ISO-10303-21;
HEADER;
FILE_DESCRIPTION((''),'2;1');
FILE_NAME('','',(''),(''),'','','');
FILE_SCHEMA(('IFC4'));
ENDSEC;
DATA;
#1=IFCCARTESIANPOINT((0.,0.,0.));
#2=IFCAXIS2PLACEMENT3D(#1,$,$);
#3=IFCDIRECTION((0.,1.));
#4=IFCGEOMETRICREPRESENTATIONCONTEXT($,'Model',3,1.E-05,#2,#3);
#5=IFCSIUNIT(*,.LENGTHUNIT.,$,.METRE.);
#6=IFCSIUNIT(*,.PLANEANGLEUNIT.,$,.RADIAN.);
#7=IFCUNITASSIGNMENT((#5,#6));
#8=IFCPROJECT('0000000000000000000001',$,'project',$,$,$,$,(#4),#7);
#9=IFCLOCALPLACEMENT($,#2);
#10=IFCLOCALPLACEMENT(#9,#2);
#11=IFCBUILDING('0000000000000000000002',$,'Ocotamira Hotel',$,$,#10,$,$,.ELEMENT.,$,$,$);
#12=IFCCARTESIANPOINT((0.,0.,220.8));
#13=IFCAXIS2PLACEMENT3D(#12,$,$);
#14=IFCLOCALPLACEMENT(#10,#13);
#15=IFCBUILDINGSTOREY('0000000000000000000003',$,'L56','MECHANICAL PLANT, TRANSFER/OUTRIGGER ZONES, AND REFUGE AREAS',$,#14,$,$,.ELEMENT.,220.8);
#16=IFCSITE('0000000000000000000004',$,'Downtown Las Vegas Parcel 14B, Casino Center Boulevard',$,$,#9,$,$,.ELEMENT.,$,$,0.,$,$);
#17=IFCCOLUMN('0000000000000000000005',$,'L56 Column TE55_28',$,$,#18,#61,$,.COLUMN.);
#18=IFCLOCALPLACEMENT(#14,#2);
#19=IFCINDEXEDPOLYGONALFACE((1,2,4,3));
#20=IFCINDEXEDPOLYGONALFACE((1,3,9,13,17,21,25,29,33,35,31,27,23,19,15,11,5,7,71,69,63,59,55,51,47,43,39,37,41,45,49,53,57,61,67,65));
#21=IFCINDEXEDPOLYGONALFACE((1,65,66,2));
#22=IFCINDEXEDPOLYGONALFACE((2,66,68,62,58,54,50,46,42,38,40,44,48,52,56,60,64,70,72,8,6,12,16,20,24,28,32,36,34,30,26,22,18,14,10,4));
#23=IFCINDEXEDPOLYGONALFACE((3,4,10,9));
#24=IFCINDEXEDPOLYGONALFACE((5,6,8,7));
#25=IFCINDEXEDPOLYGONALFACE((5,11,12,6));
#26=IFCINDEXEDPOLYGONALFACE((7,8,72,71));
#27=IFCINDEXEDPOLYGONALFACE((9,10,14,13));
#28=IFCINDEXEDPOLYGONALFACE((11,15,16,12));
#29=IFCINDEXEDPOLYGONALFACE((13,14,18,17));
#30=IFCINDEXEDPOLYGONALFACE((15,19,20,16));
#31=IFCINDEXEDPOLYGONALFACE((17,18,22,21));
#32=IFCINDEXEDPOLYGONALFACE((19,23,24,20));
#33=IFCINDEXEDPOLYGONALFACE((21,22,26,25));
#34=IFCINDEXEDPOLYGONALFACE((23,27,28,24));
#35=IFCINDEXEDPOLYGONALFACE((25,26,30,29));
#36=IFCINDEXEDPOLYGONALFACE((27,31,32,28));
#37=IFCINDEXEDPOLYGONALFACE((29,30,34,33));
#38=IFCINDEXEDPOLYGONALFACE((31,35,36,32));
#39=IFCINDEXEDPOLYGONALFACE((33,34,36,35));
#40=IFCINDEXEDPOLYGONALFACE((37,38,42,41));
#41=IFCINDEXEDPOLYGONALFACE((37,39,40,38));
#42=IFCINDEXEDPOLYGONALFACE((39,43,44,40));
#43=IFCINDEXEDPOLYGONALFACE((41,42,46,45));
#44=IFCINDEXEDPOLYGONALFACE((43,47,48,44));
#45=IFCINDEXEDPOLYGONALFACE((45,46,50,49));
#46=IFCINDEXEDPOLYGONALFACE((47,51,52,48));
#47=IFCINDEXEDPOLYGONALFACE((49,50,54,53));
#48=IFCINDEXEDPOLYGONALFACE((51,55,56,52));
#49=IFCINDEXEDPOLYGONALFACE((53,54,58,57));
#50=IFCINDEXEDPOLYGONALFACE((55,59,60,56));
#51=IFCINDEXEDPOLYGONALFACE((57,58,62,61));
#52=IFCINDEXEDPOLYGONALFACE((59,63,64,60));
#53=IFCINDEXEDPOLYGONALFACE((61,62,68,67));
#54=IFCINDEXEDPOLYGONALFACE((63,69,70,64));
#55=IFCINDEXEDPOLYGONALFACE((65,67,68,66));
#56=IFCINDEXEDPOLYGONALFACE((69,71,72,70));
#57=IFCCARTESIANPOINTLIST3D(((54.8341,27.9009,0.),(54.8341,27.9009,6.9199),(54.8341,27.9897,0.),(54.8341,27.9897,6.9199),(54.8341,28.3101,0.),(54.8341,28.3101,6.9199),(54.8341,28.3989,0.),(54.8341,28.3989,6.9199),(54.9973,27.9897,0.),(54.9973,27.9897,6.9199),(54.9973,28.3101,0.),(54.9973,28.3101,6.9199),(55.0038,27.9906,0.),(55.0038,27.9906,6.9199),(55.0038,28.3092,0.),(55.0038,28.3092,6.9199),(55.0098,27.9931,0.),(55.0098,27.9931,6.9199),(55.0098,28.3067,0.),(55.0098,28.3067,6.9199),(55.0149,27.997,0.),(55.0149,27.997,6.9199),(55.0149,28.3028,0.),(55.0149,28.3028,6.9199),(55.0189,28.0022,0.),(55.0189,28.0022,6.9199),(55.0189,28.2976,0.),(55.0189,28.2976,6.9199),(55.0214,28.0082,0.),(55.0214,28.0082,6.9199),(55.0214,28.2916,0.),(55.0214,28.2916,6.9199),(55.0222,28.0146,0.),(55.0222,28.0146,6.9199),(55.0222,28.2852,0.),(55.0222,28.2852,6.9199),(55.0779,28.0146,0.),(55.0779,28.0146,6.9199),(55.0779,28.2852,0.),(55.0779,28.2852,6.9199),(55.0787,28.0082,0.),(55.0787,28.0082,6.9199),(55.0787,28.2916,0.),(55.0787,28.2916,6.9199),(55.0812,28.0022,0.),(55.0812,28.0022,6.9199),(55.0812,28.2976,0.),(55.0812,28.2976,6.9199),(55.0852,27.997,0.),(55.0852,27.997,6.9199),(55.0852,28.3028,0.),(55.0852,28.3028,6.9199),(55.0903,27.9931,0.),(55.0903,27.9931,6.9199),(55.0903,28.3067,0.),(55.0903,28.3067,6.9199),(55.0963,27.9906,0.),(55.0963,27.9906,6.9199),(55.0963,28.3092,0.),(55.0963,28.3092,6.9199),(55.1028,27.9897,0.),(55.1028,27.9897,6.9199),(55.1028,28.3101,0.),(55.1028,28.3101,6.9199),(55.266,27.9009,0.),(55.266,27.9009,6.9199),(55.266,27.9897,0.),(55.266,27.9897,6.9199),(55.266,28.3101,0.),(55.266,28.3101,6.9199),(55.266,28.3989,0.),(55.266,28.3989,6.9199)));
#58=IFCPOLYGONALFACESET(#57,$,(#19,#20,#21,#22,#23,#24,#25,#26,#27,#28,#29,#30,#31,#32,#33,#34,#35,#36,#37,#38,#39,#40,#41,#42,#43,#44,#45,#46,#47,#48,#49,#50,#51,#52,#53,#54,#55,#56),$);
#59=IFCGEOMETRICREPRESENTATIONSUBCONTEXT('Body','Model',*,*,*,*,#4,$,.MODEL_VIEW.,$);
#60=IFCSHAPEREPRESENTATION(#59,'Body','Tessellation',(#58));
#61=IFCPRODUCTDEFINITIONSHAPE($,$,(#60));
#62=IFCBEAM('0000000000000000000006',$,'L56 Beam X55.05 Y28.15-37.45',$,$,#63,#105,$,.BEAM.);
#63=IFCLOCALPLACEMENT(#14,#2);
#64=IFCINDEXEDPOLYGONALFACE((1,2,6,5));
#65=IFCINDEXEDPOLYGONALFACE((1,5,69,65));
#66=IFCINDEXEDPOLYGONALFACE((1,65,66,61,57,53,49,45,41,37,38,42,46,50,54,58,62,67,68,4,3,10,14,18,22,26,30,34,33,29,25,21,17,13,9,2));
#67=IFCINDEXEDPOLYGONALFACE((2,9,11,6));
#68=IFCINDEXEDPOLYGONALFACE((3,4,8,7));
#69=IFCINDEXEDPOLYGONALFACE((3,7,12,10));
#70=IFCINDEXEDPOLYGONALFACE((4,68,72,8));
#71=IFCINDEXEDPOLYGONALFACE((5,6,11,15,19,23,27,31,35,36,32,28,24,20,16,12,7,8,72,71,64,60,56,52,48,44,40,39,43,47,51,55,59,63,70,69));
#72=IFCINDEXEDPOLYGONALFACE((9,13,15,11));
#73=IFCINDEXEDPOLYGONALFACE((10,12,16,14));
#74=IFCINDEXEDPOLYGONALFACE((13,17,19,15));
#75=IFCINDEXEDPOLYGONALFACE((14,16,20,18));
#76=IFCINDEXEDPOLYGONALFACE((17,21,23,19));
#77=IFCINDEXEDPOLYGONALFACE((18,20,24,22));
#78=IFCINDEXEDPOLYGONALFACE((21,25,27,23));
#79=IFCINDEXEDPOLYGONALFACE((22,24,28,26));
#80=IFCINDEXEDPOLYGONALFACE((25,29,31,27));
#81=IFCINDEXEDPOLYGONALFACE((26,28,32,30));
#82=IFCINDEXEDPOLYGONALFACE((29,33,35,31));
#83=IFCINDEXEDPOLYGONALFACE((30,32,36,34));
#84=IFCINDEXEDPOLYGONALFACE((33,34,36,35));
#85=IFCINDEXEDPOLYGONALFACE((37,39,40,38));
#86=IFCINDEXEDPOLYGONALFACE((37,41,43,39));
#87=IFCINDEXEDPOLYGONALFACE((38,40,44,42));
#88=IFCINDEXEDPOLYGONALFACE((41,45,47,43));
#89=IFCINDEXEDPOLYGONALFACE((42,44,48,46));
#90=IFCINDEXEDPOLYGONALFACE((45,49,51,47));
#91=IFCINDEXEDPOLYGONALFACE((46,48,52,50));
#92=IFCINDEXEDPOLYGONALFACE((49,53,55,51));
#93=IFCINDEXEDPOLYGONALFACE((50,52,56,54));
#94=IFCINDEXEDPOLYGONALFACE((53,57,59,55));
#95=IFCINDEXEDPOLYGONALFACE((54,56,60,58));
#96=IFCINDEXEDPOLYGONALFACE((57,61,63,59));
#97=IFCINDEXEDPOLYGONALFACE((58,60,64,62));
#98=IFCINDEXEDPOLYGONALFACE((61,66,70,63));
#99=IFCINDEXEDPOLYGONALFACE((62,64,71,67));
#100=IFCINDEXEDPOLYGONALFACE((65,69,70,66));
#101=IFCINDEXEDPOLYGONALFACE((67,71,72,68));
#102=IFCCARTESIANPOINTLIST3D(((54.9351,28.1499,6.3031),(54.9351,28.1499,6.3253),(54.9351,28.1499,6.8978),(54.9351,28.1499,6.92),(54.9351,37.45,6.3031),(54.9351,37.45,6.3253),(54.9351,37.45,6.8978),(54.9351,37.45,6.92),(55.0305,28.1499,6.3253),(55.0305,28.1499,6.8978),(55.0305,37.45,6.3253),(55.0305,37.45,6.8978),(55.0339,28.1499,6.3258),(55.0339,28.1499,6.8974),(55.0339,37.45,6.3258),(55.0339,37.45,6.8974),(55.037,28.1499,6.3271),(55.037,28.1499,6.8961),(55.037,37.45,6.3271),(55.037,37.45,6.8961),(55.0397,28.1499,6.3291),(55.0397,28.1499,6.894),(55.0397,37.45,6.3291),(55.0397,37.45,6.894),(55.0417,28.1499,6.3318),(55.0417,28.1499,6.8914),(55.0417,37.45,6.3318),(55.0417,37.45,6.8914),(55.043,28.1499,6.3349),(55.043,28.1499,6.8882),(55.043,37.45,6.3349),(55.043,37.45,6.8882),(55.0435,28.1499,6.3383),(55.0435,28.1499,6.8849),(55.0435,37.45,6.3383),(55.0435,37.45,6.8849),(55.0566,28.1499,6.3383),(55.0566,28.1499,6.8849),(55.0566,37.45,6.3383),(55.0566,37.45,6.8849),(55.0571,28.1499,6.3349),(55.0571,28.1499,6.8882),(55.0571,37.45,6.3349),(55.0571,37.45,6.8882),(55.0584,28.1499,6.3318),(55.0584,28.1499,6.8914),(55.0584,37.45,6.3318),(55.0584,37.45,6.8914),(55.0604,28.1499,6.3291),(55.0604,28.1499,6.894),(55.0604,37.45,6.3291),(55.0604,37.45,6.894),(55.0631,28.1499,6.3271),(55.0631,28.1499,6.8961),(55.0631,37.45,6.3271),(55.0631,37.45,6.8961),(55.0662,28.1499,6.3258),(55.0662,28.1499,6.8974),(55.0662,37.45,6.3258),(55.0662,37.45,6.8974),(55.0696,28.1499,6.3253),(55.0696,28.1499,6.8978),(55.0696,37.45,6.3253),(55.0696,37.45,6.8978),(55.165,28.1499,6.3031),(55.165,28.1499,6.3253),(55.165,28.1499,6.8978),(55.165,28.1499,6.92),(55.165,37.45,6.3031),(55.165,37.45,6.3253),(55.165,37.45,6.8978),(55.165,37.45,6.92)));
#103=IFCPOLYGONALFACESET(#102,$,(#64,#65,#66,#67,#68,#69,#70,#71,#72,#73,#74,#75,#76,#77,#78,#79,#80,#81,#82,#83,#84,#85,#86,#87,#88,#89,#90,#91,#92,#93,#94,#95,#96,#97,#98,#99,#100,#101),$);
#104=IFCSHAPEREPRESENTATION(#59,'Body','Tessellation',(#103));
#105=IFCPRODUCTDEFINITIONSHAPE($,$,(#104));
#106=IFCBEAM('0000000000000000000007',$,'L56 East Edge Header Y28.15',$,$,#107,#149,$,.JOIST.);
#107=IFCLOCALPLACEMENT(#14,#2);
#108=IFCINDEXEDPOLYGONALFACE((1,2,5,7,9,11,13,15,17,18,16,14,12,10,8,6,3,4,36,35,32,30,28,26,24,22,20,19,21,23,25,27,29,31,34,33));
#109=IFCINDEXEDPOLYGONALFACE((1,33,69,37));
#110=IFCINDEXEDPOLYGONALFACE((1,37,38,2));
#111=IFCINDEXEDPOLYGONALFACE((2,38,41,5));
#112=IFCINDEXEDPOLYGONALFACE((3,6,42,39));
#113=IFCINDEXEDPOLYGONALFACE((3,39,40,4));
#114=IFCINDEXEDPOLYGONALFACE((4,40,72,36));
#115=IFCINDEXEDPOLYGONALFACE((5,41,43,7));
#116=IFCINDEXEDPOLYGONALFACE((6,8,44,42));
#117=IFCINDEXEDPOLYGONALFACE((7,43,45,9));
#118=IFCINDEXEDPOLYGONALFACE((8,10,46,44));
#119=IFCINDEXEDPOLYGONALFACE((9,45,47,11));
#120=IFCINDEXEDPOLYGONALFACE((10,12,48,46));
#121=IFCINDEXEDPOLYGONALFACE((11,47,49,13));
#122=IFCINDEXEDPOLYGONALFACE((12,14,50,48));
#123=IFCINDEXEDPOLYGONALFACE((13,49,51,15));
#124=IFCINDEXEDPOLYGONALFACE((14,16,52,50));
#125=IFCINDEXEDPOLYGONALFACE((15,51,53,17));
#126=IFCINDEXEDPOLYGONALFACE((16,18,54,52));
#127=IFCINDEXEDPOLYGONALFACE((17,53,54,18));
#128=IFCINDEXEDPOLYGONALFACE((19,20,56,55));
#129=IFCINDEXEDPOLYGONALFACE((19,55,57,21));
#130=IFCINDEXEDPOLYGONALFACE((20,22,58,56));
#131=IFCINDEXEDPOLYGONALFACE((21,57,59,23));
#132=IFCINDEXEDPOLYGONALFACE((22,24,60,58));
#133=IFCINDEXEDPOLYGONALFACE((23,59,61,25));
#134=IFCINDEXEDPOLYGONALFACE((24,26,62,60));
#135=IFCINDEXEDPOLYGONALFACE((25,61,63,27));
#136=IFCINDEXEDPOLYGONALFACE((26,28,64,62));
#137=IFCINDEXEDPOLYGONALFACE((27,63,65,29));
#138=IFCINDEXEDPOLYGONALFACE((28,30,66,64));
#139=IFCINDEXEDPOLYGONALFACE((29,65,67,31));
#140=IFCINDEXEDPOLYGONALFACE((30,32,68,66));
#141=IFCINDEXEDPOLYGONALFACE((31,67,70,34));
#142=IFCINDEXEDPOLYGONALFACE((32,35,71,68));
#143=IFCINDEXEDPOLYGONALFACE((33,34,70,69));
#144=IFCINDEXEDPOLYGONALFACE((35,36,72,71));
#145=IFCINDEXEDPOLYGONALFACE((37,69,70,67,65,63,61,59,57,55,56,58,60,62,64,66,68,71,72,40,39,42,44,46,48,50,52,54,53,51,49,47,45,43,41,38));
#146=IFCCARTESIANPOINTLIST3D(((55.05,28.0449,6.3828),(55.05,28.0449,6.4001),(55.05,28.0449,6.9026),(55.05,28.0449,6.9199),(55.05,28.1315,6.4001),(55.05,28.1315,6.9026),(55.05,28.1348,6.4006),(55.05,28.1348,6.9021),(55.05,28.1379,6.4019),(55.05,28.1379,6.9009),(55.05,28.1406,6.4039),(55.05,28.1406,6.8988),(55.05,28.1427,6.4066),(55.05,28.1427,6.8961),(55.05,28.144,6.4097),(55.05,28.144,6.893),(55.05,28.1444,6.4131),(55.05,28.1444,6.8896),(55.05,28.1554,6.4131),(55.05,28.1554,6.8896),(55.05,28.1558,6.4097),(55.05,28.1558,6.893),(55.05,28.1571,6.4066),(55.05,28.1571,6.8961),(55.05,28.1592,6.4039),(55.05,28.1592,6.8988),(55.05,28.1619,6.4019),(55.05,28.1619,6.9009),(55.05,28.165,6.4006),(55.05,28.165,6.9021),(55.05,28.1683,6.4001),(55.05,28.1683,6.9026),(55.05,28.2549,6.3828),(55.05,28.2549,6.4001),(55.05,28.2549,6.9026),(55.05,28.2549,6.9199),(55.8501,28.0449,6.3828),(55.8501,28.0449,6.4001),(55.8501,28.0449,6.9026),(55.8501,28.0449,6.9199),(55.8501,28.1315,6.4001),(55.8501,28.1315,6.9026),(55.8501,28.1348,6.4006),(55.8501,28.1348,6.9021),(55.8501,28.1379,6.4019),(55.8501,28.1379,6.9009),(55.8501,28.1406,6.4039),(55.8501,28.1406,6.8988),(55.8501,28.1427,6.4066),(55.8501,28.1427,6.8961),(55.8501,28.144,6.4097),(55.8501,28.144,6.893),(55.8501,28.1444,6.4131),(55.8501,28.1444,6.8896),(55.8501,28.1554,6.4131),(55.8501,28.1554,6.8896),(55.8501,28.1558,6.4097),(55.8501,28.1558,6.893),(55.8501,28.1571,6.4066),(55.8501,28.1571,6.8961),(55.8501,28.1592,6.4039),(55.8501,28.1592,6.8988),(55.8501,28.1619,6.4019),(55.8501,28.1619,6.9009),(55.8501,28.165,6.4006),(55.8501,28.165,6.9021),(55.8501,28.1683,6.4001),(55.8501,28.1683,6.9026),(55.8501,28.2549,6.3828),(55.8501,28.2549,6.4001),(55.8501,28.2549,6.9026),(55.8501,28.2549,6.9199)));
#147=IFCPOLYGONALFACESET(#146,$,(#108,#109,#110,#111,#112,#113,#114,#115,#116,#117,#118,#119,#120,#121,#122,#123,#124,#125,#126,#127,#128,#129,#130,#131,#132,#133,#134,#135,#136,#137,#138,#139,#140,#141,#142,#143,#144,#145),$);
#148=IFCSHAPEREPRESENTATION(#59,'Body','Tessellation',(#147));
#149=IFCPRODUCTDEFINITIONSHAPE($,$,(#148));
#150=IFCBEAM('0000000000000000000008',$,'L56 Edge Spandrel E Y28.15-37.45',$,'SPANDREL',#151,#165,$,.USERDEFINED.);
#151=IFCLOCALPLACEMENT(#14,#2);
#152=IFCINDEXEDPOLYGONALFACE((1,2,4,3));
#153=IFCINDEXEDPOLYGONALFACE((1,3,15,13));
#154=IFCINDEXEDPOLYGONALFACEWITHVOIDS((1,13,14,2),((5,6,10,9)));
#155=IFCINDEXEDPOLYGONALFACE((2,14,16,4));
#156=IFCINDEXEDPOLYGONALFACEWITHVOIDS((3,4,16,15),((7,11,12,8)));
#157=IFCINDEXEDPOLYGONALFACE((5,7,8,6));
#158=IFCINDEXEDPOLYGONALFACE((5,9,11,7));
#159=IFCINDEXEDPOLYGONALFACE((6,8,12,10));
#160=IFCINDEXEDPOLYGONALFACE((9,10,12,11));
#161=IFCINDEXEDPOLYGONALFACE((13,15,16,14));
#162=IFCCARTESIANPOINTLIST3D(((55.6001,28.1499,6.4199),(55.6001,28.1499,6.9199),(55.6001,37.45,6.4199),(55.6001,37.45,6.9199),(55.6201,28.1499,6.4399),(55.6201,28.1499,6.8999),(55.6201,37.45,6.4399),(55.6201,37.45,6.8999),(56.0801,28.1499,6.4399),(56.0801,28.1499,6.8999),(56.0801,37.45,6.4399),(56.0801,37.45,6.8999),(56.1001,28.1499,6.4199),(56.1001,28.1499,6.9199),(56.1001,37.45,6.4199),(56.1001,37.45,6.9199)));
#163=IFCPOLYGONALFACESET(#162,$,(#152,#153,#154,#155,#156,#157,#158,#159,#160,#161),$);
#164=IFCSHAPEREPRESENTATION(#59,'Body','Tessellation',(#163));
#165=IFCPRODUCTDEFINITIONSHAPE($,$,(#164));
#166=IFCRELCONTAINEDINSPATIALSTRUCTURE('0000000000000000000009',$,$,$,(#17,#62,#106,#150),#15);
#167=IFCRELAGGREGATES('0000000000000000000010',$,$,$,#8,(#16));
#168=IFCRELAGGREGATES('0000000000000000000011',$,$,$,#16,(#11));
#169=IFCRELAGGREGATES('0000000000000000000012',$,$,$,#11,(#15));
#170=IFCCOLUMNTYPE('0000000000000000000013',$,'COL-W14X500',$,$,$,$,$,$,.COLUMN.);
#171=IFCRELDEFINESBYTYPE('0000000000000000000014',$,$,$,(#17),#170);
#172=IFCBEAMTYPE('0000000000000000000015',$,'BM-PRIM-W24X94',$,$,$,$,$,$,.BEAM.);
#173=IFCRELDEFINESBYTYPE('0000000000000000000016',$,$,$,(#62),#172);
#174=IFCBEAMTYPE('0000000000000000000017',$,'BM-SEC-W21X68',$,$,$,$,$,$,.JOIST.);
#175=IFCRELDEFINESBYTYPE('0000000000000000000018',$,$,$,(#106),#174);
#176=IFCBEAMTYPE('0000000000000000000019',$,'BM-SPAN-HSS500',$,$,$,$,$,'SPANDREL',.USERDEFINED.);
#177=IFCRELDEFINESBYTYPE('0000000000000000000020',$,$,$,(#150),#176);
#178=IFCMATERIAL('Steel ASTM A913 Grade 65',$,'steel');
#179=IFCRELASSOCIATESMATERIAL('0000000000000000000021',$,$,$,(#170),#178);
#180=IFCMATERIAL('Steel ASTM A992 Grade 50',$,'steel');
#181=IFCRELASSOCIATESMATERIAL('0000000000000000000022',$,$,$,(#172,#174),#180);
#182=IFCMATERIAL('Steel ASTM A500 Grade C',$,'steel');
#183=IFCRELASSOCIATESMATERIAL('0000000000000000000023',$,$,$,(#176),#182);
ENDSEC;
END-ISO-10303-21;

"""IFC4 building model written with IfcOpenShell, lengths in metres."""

from ifc_helpers import new_model, si_unit, direction, frame, origin, origin_2d, place, context, subcontext, project, spatial, hollow_rectangle, i_section, extrude, source, transform, mapped, material, material_profile, profile_set, type_object, element, save


model = new_model("IFC4")

# Units and contexts
model_context = context("Model", 3, precision=1e-05, world=origin(), true_north=direction((0.0, 1.0)))
body_context = subcontext(model_context, "Body", "Model", "MODEL_VIEW")
ifc_project = project(units=[si_unit("LENGTHUNIT", "METRE"), si_unit("PLANEANGLEUNIT", "RADIAN")], contexts=[model_context])

# Site, building, storey
site_placement = place(None, origin())
site = spatial("IfcSite", under=ifc_project, at=site_placement, Name="Downtown Las Vegas Parcel 14B, Casino Center Boulevard", CompositionType="ELEMENT", RefElevation=0.0)
building_placement = place(site_placement, origin())
building = spatial("IfcBuilding", under=site, at=building_placement, Name="Ocotamira Hotel", CompositionType="ELEMENT")
storey_placement = place(building_placement, frame((0.0, 0.0, 220.8)))
storey = spatial("IfcBuildingStorey", under=building, at=storey_placement, Name="L56", Description="MECHANICAL PLANT, TRANSFER/OUTRIGGER ZONES, AND REFUGE AREAS", CompositionType="ELEMENT", Elevation=220.8)

# Column
ifc_material_1 = material(Name="Steel ASTM A913 Grade 65", Category="steel")
ifc_material_profile_1 = material_profile(ifc_material_1, i_section(OverallWidth=0.4319, OverallDepth=0.498, WebThickness=0.0557, FlangeThickness=0.0889, FilletRadius=0.0249, at=origin_2d()), Name="W14X500")
ifc_profile_set_1 = profile_set([ifc_material_profile_1], Name="Steel ASTM A913 Grade 65")
column_type = type_object("IfcColumnType", Name="COL-W14X500", PredefinedType="COLUMN", material=ifc_profile_set_1)
shared_shape_1 = source(origin(), body_context, "Body", "SweptSolid", [
    extrude(i_section(OverallWidth=0.4319, OverallDepth=0.498, WebThickness=0.0557, FlangeThickness=0.0889, FilletRadius=0.0249, at=origin_2d()), origin(), (0.0, 0.0, 1.0), 6.9199),
])
column_placement = place(storey_placement, frame((55.05, 28.1499, 0.0), z_axis=(0.0, 0.0, 1.0), x_axis=(1.0, 0.0, 0.0)))
element("IfcColumn", 1, at=column_placement, inside=storey, type_object=column_type, Name="L56 Column TE55_28", PredefinedType="COLUMN", context=body_context, shape_type="MappedRepresentation", body=[
    mapped(shared_shape_1, transform((0.0, 0.0, 0.0), scale=1.0)),
])

# Beams
ifc_material_2 = material(Name="Steel ASTM A992 Grade 50", Category="steel")
ifc_material_profile_2 = material_profile(ifc_material_2, i_section(OverallWidth=0.23, OverallDepth=0.6169, WebThickness=0.0132, FlangeThickness=0.0222, FilletRadius=0.0129, at=origin_2d()), Name="W24X94")
ifc_profile_set_2 = profile_set([ifc_material_profile_2], Name="Steel ASTM A992 Grade 50")
beam_type_1 = type_object("IfcBeamType", Name="BM-PRIM-W24X94", PredefinedType="BEAM", material=ifc_profile_set_2)
shared_shape_2 = source(origin(), body_context, "Body", "SweptSolid", [
    extrude(i_section(OverallWidth=0.23, OverallDepth=0.6169, WebThickness=0.0132, FlangeThickness=0.0222, FilletRadius=0.0129, at=origin_2d()), origin(), (0.0, 0.0, 1.0), 9.3),
])
beam_1_placement = place(storey_placement, frame((55.05, 28.1499, 6.6116), z_axis=(0.0, 1.0, 0.0), x_axis=(-1.0, 0.0, 0.0)))
element("IfcBeam", 2, at=beam_1_placement, inside=storey, type_object=beam_type_1, Name="L56 Beam X55.05 Y28.15-37.45", PredefinedType="BEAM", context=body_context, shape_type="MappedRepresentation", body=[
    mapped(shared_shape_2, transform((0.0, 0.0, 0.0), scale=1.0)),
])
ifc_material_profile_3 = material_profile(ifc_material_2, i_section(OverallWidth=0.21, OverallDepth=0.5371, WebThickness=0.011, FlangeThickness=0.0173, FilletRadius=0.0129, at=origin_2d()), Name="W21X68")
ifc_profile_set_3 = profile_set([ifc_material_profile_3], Name="Steel ASTM A992 Grade 50")
beam_type_2 = type_object("IfcBeamType", Name="BM-SEC-W21X68", PredefinedType="JOIST", material=ifc_profile_set_3)
shared_shape_3 = source(origin(), body_context, "Body", "SweptSolid", [
    extrude(i_section(OverallWidth=0.21, OverallDepth=0.5371, WebThickness=0.011, FlangeThickness=0.0173, FilletRadius=0.0129, at=origin_2d()), origin(), (0.0, 0.0, 1.0), 0.8),
])
beam_2_placement = place(storey_placement, frame((55.05, 28.1499, 6.6514), z_axis=(1.0, 0.0, 0.0), x_axis=(0.0, 1.0, 0.0)))
element("IfcBeam", 3, at=beam_2_placement, inside=storey, type_object=beam_type_2, Name="L56 East Edge Header Y28.15", PredefinedType="JOIST", context=body_context, shape_type="MappedRepresentation", body=[
    mapped(shared_shape_3, transform((0.0, 0.0, 0.0), scale=1.0)),
])
ifc_material_3 = material(Name="Steel ASTM A500 Grade C", Category="steel")
ifc_material_profile_4 = material_profile(ifc_material_3, hollow_rectangle(XDim=0.5, YDim=0.5, WallThickness=0.02, at=origin_2d()), Name="HSS500X500X20")
ifc_profile_set_4 = profile_set([ifc_material_profile_4], Name="Steel ASTM A500 Grade C")
beam_type_3 = type_object("IfcBeamType", Name="BM-SPAN-HSS500", ElementType="SPANDREL", PredefinedType="USERDEFINED", material=ifc_profile_set_4)
shared_shape_4 = source(origin(), body_context, "Body", "SweptSolid", [
    extrude(hollow_rectangle(XDim=0.5, YDim=0.5, WallThickness=0.02, at=origin_2d()), origin(), (0.0, 0.0, 1.0), 9.3),
])
beam_3_placement = place(storey_placement, frame((55.8501, 28.1499, 6.6699), z_axis=(0.0, 1.0, 0.0), x_axis=(-1.0, 0.0, 0.0)))
element("IfcBeam", 4, at=beam_3_placement, inside=storey, type_object=beam_type_3, Name="L56 Edge Spandrel E Y28.15-37.45", ObjectType="SPANDREL", PredefinedType="USERDEFINED", context=body_context, shape_type="MappedRepresentation", body=[
    mapped(shared_shape_4, transform((0.0, 0.0, 0.0), scale=1.0)),
])

save(model, "model.ifc")
